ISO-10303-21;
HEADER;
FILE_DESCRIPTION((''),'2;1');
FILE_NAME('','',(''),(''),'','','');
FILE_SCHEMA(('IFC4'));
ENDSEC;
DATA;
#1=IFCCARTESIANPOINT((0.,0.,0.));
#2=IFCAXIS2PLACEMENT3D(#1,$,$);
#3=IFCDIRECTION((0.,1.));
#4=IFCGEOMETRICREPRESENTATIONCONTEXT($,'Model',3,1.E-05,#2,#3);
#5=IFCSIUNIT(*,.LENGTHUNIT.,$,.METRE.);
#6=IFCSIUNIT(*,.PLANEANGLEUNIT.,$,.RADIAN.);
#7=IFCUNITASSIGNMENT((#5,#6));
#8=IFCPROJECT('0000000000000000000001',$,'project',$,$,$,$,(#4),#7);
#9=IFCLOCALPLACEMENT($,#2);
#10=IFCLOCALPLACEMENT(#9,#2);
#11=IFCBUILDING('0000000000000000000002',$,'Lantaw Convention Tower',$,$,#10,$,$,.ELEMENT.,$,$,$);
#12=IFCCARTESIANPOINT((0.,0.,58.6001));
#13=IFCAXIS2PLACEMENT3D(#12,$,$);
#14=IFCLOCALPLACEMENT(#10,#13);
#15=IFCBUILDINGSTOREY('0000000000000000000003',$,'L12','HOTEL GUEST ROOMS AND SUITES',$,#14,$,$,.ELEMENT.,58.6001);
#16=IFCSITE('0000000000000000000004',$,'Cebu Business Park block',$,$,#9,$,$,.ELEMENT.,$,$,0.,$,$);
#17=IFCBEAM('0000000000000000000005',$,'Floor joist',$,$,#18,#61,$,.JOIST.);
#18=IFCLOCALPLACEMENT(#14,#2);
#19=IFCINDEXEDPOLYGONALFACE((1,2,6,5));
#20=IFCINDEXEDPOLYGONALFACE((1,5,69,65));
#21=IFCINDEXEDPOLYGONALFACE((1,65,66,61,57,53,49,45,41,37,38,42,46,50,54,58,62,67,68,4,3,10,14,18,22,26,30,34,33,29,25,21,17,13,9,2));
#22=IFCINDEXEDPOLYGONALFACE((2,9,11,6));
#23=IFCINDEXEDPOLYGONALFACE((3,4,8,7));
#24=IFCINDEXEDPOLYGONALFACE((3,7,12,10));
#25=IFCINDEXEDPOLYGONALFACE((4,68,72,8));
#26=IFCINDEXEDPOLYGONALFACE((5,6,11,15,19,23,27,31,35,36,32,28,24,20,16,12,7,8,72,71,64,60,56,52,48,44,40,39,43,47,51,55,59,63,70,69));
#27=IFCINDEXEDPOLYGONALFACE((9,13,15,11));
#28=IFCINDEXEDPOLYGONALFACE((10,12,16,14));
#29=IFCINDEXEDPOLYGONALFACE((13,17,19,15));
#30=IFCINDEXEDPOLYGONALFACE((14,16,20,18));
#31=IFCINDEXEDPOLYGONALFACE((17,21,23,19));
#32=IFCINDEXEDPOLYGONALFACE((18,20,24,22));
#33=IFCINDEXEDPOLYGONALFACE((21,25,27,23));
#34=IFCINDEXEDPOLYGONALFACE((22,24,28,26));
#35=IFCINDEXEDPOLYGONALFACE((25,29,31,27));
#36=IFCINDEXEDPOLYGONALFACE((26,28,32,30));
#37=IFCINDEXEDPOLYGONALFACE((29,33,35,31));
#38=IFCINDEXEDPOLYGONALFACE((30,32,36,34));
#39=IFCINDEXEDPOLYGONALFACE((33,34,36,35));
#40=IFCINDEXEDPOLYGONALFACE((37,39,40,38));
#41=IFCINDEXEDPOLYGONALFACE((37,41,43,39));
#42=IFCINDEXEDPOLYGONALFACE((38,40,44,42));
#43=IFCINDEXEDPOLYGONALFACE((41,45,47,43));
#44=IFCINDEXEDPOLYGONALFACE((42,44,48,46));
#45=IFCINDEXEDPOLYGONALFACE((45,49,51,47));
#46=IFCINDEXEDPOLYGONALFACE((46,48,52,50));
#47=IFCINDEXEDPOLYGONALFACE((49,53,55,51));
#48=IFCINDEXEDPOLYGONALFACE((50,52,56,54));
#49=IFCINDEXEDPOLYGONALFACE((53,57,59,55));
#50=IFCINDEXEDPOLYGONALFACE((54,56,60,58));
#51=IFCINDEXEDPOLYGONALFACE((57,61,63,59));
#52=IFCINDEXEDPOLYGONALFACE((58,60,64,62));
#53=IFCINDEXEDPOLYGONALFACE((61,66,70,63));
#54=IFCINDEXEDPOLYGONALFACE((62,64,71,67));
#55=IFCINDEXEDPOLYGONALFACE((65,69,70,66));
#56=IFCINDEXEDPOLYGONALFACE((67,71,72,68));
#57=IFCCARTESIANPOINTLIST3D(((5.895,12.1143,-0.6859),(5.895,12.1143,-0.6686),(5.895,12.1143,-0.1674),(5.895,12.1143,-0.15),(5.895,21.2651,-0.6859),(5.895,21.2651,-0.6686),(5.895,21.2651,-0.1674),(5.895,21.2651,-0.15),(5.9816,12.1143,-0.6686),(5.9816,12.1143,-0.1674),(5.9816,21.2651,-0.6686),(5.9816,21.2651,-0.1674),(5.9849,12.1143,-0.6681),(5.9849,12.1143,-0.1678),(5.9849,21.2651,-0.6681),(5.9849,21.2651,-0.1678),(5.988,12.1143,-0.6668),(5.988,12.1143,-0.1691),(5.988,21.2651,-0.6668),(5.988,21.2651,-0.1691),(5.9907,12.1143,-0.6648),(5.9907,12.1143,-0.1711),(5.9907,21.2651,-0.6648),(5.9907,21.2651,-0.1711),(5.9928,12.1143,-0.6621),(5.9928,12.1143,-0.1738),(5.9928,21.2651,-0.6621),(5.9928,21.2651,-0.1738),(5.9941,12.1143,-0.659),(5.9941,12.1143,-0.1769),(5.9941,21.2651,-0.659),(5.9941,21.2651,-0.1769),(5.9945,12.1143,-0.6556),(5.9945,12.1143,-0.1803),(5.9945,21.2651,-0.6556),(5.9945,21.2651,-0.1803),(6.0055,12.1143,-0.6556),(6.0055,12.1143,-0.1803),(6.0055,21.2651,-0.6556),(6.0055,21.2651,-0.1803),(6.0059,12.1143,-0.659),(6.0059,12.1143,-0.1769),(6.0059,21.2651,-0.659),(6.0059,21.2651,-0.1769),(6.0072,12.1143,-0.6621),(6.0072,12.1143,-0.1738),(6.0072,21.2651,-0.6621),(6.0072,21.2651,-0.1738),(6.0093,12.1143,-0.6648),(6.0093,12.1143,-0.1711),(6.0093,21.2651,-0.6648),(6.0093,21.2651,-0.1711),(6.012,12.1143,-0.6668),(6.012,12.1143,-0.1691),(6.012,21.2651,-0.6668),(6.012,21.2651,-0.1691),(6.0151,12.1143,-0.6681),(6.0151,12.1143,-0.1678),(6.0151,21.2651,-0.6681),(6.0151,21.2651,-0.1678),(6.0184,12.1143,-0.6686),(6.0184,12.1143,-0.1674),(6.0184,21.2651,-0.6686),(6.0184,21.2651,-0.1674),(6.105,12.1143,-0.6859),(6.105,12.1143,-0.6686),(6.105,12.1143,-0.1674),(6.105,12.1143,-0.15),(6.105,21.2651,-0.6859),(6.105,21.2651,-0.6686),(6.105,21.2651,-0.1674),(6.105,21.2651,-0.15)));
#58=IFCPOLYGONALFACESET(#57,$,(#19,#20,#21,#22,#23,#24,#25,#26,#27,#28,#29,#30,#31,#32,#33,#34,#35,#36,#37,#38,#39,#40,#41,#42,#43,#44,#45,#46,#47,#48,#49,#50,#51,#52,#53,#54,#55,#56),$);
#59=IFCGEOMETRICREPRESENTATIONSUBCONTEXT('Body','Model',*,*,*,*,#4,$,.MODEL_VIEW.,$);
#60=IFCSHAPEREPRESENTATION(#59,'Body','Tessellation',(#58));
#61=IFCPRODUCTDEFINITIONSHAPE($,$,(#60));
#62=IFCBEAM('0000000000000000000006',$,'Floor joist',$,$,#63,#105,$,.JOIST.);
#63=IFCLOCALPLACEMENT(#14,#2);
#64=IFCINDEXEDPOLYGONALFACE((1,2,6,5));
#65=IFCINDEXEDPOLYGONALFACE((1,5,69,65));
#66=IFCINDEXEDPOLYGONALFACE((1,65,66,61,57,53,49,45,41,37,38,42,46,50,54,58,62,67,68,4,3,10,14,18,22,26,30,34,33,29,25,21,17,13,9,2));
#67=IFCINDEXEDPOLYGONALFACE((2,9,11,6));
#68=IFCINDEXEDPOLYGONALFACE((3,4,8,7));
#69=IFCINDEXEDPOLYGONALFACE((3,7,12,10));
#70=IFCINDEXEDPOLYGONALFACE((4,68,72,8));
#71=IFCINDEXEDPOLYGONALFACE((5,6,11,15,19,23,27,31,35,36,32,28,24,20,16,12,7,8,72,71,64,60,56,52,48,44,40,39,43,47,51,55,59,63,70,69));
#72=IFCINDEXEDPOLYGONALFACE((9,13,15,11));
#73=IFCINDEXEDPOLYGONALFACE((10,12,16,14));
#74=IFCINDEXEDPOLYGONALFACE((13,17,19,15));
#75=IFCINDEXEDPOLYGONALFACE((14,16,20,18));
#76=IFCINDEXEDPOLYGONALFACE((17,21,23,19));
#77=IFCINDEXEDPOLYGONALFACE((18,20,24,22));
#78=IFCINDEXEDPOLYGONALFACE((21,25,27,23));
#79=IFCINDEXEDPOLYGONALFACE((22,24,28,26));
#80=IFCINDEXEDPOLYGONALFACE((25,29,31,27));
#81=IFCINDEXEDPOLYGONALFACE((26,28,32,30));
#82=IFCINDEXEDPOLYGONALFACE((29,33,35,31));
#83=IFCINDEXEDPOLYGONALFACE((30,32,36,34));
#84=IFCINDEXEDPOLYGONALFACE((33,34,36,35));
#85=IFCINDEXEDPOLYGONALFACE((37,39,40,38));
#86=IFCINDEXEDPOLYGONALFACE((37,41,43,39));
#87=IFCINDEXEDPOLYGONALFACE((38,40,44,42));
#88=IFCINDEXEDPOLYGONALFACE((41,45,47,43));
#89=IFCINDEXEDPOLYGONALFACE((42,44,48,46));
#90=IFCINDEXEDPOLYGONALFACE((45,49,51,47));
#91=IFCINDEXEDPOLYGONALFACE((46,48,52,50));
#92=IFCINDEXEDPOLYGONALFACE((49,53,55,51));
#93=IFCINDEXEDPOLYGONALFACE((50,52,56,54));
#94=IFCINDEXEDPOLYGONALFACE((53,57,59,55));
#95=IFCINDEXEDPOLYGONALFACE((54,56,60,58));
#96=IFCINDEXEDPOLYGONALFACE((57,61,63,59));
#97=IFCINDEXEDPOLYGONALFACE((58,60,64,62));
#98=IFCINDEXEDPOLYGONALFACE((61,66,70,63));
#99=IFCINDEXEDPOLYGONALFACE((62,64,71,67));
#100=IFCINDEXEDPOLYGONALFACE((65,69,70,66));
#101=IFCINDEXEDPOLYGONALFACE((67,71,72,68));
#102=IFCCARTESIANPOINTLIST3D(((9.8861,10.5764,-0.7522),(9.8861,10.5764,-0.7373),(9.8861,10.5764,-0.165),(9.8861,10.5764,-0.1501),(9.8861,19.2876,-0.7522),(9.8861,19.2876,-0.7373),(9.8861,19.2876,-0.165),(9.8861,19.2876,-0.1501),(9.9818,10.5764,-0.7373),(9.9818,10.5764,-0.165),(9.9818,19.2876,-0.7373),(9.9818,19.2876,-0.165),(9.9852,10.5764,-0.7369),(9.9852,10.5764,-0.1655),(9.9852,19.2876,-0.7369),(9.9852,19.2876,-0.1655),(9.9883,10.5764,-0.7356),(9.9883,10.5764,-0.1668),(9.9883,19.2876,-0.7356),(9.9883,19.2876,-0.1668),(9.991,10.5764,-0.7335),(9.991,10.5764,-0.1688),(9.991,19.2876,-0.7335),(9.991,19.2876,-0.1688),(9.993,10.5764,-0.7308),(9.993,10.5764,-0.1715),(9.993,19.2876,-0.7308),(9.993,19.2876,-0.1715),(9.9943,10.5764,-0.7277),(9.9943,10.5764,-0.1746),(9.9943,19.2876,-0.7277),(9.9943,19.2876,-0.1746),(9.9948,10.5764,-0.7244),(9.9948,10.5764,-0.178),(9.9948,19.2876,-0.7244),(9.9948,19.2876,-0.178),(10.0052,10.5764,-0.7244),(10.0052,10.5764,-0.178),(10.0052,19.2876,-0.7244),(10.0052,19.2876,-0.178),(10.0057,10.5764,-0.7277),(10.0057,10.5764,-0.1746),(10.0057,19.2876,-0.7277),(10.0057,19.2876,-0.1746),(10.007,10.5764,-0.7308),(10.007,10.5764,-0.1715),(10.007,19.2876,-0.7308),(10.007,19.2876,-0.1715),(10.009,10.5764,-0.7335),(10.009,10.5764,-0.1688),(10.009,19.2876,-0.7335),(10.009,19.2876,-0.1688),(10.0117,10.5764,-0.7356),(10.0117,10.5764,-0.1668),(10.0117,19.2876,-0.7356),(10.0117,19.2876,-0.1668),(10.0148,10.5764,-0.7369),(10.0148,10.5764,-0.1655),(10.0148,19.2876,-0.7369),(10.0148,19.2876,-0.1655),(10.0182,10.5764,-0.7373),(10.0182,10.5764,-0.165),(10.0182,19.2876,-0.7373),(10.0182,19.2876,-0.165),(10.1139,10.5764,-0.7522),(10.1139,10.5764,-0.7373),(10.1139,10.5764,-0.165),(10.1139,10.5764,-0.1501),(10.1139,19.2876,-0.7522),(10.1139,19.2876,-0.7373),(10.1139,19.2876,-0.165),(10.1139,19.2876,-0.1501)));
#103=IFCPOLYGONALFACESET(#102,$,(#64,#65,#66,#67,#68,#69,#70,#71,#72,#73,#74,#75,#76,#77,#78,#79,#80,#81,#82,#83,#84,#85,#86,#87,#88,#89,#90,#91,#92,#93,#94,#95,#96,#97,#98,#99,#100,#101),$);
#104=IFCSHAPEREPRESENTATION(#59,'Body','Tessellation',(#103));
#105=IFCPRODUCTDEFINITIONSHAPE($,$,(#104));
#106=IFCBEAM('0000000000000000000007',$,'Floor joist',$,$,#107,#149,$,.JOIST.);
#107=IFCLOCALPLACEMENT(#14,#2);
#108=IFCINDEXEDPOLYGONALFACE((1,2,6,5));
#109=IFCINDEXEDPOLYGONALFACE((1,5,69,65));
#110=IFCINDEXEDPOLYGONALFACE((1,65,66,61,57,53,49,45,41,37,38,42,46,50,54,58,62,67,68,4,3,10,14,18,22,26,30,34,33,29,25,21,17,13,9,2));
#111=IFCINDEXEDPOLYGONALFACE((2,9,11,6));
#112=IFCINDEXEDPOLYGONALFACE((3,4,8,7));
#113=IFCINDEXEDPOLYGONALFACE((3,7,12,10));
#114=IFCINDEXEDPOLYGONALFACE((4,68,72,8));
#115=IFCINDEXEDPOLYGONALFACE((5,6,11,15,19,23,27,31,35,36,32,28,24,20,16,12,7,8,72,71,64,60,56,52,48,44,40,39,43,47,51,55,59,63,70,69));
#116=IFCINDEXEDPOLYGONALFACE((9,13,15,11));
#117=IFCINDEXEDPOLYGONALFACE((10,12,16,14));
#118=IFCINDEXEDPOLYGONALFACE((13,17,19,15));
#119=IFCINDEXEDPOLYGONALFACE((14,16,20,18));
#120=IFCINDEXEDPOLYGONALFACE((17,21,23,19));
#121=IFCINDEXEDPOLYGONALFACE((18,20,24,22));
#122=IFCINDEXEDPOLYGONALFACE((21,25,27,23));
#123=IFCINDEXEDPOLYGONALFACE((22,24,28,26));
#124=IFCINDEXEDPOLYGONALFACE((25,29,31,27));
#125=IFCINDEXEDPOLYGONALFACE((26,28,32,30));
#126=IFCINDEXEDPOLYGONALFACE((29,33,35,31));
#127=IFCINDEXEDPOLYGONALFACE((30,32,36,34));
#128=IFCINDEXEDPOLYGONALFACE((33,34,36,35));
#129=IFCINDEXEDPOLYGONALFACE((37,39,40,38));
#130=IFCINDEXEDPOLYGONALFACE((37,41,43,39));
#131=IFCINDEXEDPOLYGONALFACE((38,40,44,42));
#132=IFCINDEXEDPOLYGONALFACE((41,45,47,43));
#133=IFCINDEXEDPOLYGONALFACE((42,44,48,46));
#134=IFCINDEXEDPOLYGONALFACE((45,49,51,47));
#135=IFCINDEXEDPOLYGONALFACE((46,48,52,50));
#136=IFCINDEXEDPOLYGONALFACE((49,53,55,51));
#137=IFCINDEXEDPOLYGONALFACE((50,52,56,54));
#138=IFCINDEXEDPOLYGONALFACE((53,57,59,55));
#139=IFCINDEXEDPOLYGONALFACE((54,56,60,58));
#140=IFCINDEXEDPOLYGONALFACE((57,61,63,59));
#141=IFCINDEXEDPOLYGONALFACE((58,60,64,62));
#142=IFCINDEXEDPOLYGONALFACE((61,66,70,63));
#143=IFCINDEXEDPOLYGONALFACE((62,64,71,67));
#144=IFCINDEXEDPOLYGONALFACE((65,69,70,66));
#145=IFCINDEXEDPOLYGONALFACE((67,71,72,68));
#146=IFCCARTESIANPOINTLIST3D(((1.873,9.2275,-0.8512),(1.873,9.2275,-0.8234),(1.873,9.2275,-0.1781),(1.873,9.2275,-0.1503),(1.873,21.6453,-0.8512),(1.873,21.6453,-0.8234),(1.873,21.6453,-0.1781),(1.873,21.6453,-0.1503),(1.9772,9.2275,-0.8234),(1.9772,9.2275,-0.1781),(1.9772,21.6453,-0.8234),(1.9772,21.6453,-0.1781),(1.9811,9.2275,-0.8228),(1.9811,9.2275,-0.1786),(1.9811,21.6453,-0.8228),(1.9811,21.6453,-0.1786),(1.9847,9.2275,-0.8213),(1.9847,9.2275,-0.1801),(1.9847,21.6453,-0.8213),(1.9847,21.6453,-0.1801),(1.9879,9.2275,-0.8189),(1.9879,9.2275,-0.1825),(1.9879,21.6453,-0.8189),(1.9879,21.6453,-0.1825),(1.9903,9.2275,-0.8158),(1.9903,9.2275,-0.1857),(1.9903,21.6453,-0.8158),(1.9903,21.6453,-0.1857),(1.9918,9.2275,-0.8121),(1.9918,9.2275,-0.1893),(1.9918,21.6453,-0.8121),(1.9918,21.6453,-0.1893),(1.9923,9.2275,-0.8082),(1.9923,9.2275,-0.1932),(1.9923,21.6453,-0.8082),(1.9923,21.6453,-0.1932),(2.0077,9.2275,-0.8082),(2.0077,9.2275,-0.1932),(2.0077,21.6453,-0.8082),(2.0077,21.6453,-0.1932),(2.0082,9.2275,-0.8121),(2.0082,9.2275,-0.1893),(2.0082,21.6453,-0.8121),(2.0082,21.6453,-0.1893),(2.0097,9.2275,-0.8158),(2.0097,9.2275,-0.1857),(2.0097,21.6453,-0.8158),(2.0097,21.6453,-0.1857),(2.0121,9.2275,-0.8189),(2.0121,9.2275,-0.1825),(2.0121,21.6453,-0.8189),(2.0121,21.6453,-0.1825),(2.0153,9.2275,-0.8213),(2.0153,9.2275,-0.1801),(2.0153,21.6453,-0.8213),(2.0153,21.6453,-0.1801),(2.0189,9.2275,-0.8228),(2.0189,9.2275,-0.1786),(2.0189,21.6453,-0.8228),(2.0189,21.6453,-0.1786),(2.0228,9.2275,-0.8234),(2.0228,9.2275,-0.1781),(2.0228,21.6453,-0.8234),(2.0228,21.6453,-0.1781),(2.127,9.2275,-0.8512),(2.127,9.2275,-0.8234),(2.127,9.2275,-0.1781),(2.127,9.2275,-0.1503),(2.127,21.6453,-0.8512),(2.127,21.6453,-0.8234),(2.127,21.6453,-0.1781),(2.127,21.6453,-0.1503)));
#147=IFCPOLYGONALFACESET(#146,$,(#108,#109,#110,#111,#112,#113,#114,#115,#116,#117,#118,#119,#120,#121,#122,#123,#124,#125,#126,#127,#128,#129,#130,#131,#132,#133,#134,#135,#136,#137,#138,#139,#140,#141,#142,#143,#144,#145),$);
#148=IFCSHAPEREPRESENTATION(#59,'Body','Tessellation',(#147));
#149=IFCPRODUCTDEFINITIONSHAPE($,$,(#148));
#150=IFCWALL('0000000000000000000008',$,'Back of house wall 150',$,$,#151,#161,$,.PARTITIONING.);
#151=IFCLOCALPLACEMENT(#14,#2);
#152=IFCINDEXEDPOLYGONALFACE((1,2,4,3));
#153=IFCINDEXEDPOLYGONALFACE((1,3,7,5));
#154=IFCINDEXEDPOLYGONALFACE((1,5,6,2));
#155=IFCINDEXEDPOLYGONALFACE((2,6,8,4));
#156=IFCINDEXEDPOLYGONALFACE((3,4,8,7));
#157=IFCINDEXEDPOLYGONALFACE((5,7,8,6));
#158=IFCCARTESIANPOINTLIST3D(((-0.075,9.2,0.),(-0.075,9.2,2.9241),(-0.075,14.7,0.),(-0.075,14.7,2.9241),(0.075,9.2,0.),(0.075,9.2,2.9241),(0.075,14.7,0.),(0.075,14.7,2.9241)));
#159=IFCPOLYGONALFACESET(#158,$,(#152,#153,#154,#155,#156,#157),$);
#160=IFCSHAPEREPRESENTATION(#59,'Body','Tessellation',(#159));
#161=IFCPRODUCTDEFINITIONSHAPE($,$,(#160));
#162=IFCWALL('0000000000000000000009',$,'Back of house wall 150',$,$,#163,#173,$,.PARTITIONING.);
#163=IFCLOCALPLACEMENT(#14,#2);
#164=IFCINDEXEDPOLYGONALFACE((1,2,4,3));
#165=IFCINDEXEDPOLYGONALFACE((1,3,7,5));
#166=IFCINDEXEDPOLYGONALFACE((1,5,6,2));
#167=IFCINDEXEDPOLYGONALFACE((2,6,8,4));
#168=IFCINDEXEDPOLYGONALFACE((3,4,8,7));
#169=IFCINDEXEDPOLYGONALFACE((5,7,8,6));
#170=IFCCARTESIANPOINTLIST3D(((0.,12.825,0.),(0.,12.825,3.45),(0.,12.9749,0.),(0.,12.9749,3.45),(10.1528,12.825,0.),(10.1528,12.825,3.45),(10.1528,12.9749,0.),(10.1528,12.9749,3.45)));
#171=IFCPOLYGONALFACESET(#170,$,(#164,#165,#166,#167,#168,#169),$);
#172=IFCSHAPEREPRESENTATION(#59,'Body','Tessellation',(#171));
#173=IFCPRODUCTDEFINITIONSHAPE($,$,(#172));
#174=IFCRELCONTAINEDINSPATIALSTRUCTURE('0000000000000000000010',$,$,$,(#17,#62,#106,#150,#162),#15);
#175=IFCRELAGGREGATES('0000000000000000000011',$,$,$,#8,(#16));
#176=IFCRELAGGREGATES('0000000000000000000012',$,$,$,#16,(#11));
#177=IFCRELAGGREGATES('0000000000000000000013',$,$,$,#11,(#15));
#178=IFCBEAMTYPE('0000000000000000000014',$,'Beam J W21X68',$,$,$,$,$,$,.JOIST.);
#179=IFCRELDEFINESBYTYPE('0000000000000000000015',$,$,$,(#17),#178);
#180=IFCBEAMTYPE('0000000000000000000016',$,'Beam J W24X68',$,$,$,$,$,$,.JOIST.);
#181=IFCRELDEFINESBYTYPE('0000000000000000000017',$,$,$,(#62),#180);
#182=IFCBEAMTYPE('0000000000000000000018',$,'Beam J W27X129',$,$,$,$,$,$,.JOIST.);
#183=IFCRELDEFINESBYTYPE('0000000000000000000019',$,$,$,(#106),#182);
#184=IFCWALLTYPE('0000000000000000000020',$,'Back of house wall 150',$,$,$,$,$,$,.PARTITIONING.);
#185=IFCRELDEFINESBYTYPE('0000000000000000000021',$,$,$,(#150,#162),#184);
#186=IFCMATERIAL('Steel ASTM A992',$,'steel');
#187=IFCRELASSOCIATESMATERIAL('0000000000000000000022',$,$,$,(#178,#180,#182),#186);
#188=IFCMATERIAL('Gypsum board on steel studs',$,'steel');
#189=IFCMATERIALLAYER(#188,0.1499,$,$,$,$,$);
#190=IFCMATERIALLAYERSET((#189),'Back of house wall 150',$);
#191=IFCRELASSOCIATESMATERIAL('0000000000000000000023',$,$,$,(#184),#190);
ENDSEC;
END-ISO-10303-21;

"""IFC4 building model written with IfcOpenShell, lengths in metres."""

from ifc_helpers import new_model, si_unit, direction, frame, frame_2d, origin, origin_2d, place, context, subcontext, project, spatial, rectangle, i_section, extrude, material, layer, layer_set, material_profile, profile_set, type_object, element, save


model = new_model("IFC4")

# Units and contexts
model_context = context("Model", 3, precision=1e-05, world=origin(), true_north=direction((0.0, 1.0)))
body_context = subcontext(model_context, "Body", "Model", "MODEL_VIEW")
ifc_project = project(units=[si_unit("LENGTHUNIT", "METRE"), si_unit("PLANEANGLEUNIT", "RADIAN")], contexts=[model_context])

# Site, building, storey
site_placement = place(None, origin())
site = spatial("IfcSite", under=ifc_project, at=site_placement, Name="Cebu Business Park block", CompositionType="ELEMENT", RefElevation=0.0)
building_placement = place(site_placement, origin())
building = spatial("IfcBuilding", under=site, at=building_placement, Name="Lantaw Convention Tower", CompositionType="ELEMENT")
storey_placement = place(building_placement, frame((0.0, 0.0, 58.6001)))
storey = spatial("IfcBuildingStorey", under=building, at=storey_placement, Name="L12", Description="HOTEL GUEST ROOMS AND SUITES", CompositionType="ELEMENT", Elevation=58.6001)

# Beams
ifc_material_1 = material(Name="Steel ASTM A992", Category="steel")
ifc_material_profile_1 = material_profile(ifc_material_1, i_section(OverallWidth=0.21, OverallDepth=0.5359, WebThickness=0.011, FlangeThickness=0.0173, FilletRadius=0.0129, at=origin_2d()), Name="W21X68")
ifc_profile_set_1 = profile_set([ifc_material_profile_1], Name="Steel ASTM A992")
beam_type_1 = type_object("IfcBeamType", Name="Beam J W21X68", PredefinedType="JOIST", material=ifc_profile_set_1)
beam_1_placement = place(storey_placement, frame((6.0, 12.1143, -0.418), z_axis=(0.0, 1.0, 0.0), x_axis=(-1.0, 0.0, 0.0)))
element("IfcBeam", 1, at=beam_1_placement, inside=storey, type_object=beam_type_1, Name="Floor joist", PredefinedType="JOIST", context=body_context, shape_type="SweptSolid", body=[
    extrude(i_section(OverallWidth=0.21, OverallDepth=0.5359, WebThickness=0.011, FlangeThickness=0.0173, FilletRadius=0.0129, at=origin_2d()), origin(), (0.0, 0.0, 1.0), 9.1509),
])
ifc_material_profile_2 = material_profile(ifc_material_1, i_section(OverallWidth=0.2278, OverallDepth=0.6021, WebThickness=0.0105, FlangeThickness=0.0149, FilletRadius=0.0129, at=origin_2d()), Name="W24X68")
ifc_profile_set_2 = profile_set([ifc_material_profile_2], Name="Steel ASTM A992")
beam_type_2 = type_object("IfcBeamType", Name="Beam J W24X68", PredefinedType="JOIST", material=ifc_profile_set_2)
beam_2_placement = place(storey_placement, frame((10.0, 10.5764, -0.4512), z_axis=(0.0, 1.0, 0.0), x_axis=(-1.0, 0.0, 0.0)))
element("IfcBeam", 2, at=beam_2_placement, inside=storey, type_object=beam_type_2, Name="Floor joist", PredefinedType="JOIST", context=body_context, shape_type="SweptSolid", body=[
    extrude(i_section(OverallWidth=0.2278, OverallDepth=0.6021, WebThickness=0.0105, FlangeThickness=0.0149, FilletRadius=0.0129, at=origin_2d()), origin(), (0.0, 0.0, 1.0), 8.7112),
])
ifc_material_profile_3 = material_profile(ifc_material_1, i_section(OverallWidth=0.2539, OverallDepth=0.7009, WebThickness=0.0154, FlangeThickness=0.0278, FilletRadius=0.0151, at=origin_2d()), Name="W27X129")
ifc_profile_set_3 = profile_set([ifc_material_profile_3], Name="Steel ASTM A992")
beam_type_3 = type_object("IfcBeamType", Name="Beam J W27X129", PredefinedType="JOIST", material=ifc_profile_set_3)
beam_3_placement = place(storey_placement, frame((2.0, 9.2275, -0.5007), z_axis=(0.0, 1.0, 0.0), x_axis=(-1.0, 0.0, 0.0)))
element("IfcBeam", 3, at=beam_3_placement, inside=storey, type_object=beam_type_3, Name="Floor joist", PredefinedType="JOIST", context=body_context, shape_type="SweptSolid", body=[
    extrude(i_section(OverallWidth=0.2539, OverallDepth=0.7009, WebThickness=0.0154, FlangeThickness=0.0278, FilletRadius=0.0151, at=origin_2d()), origin(), (0.0, 0.0, 1.0), 12.4177),
])

# Walls
ifc_material_2 = material(Name="Gypsum board on steel studs", Category="steel")
ifc_layer_1 = layer(ifc_material_2, 0.1499)
ifc_layer_set_1 = layer_set([ifc_layer_1], Name="Back of house wall 150")
wall_type_1 = type_object("IfcWallType", Name="Back of house wall 150", PredefinedType="PARTITIONING", material=ifc_layer_set_1)
wall_1_placement = place(storey_placement, frame((0.0, 9.2, 0.0), z_axis=(0.0, 0.0, 1.0), x_axis=(0.0, 1.0, 0.0)))
element("IfcWall", 4, at=wall_1_placement, inside=storey, type_object=wall_type_1, Name="Back of house wall 150", PredefinedType="PARTITIONING", context=body_context, shape_type="SweptSolid", body=[
    extrude(rectangle(XDim=5.5, YDim=0.1499, at=frame_2d((2.75, 0.0))), origin(), (0.0, 0.0, 1.0), 2.9241),
])
wall_2_placement = place(storey_placement, frame((10.1528, 12.8999, 0.0), z_axis=(0.0, 0.0, 1.0), x_axis=(-1.0, 0.0, 0.0)))
element("IfcWall", 5, at=wall_2_placement, inside=storey, type_object=wall_type_1, Name="Back of house wall 150", PredefinedType="PARTITIONING", context=body_context, shape_type="SweptSolid", body=[
    extrude(rectangle(XDim=10.1528, YDim=0.1499, at=frame_2d((5.0764, 0.0))), origin(), (0.0, 0.0, 1.0), 3.45),
])

save(model, "model.ifc")
